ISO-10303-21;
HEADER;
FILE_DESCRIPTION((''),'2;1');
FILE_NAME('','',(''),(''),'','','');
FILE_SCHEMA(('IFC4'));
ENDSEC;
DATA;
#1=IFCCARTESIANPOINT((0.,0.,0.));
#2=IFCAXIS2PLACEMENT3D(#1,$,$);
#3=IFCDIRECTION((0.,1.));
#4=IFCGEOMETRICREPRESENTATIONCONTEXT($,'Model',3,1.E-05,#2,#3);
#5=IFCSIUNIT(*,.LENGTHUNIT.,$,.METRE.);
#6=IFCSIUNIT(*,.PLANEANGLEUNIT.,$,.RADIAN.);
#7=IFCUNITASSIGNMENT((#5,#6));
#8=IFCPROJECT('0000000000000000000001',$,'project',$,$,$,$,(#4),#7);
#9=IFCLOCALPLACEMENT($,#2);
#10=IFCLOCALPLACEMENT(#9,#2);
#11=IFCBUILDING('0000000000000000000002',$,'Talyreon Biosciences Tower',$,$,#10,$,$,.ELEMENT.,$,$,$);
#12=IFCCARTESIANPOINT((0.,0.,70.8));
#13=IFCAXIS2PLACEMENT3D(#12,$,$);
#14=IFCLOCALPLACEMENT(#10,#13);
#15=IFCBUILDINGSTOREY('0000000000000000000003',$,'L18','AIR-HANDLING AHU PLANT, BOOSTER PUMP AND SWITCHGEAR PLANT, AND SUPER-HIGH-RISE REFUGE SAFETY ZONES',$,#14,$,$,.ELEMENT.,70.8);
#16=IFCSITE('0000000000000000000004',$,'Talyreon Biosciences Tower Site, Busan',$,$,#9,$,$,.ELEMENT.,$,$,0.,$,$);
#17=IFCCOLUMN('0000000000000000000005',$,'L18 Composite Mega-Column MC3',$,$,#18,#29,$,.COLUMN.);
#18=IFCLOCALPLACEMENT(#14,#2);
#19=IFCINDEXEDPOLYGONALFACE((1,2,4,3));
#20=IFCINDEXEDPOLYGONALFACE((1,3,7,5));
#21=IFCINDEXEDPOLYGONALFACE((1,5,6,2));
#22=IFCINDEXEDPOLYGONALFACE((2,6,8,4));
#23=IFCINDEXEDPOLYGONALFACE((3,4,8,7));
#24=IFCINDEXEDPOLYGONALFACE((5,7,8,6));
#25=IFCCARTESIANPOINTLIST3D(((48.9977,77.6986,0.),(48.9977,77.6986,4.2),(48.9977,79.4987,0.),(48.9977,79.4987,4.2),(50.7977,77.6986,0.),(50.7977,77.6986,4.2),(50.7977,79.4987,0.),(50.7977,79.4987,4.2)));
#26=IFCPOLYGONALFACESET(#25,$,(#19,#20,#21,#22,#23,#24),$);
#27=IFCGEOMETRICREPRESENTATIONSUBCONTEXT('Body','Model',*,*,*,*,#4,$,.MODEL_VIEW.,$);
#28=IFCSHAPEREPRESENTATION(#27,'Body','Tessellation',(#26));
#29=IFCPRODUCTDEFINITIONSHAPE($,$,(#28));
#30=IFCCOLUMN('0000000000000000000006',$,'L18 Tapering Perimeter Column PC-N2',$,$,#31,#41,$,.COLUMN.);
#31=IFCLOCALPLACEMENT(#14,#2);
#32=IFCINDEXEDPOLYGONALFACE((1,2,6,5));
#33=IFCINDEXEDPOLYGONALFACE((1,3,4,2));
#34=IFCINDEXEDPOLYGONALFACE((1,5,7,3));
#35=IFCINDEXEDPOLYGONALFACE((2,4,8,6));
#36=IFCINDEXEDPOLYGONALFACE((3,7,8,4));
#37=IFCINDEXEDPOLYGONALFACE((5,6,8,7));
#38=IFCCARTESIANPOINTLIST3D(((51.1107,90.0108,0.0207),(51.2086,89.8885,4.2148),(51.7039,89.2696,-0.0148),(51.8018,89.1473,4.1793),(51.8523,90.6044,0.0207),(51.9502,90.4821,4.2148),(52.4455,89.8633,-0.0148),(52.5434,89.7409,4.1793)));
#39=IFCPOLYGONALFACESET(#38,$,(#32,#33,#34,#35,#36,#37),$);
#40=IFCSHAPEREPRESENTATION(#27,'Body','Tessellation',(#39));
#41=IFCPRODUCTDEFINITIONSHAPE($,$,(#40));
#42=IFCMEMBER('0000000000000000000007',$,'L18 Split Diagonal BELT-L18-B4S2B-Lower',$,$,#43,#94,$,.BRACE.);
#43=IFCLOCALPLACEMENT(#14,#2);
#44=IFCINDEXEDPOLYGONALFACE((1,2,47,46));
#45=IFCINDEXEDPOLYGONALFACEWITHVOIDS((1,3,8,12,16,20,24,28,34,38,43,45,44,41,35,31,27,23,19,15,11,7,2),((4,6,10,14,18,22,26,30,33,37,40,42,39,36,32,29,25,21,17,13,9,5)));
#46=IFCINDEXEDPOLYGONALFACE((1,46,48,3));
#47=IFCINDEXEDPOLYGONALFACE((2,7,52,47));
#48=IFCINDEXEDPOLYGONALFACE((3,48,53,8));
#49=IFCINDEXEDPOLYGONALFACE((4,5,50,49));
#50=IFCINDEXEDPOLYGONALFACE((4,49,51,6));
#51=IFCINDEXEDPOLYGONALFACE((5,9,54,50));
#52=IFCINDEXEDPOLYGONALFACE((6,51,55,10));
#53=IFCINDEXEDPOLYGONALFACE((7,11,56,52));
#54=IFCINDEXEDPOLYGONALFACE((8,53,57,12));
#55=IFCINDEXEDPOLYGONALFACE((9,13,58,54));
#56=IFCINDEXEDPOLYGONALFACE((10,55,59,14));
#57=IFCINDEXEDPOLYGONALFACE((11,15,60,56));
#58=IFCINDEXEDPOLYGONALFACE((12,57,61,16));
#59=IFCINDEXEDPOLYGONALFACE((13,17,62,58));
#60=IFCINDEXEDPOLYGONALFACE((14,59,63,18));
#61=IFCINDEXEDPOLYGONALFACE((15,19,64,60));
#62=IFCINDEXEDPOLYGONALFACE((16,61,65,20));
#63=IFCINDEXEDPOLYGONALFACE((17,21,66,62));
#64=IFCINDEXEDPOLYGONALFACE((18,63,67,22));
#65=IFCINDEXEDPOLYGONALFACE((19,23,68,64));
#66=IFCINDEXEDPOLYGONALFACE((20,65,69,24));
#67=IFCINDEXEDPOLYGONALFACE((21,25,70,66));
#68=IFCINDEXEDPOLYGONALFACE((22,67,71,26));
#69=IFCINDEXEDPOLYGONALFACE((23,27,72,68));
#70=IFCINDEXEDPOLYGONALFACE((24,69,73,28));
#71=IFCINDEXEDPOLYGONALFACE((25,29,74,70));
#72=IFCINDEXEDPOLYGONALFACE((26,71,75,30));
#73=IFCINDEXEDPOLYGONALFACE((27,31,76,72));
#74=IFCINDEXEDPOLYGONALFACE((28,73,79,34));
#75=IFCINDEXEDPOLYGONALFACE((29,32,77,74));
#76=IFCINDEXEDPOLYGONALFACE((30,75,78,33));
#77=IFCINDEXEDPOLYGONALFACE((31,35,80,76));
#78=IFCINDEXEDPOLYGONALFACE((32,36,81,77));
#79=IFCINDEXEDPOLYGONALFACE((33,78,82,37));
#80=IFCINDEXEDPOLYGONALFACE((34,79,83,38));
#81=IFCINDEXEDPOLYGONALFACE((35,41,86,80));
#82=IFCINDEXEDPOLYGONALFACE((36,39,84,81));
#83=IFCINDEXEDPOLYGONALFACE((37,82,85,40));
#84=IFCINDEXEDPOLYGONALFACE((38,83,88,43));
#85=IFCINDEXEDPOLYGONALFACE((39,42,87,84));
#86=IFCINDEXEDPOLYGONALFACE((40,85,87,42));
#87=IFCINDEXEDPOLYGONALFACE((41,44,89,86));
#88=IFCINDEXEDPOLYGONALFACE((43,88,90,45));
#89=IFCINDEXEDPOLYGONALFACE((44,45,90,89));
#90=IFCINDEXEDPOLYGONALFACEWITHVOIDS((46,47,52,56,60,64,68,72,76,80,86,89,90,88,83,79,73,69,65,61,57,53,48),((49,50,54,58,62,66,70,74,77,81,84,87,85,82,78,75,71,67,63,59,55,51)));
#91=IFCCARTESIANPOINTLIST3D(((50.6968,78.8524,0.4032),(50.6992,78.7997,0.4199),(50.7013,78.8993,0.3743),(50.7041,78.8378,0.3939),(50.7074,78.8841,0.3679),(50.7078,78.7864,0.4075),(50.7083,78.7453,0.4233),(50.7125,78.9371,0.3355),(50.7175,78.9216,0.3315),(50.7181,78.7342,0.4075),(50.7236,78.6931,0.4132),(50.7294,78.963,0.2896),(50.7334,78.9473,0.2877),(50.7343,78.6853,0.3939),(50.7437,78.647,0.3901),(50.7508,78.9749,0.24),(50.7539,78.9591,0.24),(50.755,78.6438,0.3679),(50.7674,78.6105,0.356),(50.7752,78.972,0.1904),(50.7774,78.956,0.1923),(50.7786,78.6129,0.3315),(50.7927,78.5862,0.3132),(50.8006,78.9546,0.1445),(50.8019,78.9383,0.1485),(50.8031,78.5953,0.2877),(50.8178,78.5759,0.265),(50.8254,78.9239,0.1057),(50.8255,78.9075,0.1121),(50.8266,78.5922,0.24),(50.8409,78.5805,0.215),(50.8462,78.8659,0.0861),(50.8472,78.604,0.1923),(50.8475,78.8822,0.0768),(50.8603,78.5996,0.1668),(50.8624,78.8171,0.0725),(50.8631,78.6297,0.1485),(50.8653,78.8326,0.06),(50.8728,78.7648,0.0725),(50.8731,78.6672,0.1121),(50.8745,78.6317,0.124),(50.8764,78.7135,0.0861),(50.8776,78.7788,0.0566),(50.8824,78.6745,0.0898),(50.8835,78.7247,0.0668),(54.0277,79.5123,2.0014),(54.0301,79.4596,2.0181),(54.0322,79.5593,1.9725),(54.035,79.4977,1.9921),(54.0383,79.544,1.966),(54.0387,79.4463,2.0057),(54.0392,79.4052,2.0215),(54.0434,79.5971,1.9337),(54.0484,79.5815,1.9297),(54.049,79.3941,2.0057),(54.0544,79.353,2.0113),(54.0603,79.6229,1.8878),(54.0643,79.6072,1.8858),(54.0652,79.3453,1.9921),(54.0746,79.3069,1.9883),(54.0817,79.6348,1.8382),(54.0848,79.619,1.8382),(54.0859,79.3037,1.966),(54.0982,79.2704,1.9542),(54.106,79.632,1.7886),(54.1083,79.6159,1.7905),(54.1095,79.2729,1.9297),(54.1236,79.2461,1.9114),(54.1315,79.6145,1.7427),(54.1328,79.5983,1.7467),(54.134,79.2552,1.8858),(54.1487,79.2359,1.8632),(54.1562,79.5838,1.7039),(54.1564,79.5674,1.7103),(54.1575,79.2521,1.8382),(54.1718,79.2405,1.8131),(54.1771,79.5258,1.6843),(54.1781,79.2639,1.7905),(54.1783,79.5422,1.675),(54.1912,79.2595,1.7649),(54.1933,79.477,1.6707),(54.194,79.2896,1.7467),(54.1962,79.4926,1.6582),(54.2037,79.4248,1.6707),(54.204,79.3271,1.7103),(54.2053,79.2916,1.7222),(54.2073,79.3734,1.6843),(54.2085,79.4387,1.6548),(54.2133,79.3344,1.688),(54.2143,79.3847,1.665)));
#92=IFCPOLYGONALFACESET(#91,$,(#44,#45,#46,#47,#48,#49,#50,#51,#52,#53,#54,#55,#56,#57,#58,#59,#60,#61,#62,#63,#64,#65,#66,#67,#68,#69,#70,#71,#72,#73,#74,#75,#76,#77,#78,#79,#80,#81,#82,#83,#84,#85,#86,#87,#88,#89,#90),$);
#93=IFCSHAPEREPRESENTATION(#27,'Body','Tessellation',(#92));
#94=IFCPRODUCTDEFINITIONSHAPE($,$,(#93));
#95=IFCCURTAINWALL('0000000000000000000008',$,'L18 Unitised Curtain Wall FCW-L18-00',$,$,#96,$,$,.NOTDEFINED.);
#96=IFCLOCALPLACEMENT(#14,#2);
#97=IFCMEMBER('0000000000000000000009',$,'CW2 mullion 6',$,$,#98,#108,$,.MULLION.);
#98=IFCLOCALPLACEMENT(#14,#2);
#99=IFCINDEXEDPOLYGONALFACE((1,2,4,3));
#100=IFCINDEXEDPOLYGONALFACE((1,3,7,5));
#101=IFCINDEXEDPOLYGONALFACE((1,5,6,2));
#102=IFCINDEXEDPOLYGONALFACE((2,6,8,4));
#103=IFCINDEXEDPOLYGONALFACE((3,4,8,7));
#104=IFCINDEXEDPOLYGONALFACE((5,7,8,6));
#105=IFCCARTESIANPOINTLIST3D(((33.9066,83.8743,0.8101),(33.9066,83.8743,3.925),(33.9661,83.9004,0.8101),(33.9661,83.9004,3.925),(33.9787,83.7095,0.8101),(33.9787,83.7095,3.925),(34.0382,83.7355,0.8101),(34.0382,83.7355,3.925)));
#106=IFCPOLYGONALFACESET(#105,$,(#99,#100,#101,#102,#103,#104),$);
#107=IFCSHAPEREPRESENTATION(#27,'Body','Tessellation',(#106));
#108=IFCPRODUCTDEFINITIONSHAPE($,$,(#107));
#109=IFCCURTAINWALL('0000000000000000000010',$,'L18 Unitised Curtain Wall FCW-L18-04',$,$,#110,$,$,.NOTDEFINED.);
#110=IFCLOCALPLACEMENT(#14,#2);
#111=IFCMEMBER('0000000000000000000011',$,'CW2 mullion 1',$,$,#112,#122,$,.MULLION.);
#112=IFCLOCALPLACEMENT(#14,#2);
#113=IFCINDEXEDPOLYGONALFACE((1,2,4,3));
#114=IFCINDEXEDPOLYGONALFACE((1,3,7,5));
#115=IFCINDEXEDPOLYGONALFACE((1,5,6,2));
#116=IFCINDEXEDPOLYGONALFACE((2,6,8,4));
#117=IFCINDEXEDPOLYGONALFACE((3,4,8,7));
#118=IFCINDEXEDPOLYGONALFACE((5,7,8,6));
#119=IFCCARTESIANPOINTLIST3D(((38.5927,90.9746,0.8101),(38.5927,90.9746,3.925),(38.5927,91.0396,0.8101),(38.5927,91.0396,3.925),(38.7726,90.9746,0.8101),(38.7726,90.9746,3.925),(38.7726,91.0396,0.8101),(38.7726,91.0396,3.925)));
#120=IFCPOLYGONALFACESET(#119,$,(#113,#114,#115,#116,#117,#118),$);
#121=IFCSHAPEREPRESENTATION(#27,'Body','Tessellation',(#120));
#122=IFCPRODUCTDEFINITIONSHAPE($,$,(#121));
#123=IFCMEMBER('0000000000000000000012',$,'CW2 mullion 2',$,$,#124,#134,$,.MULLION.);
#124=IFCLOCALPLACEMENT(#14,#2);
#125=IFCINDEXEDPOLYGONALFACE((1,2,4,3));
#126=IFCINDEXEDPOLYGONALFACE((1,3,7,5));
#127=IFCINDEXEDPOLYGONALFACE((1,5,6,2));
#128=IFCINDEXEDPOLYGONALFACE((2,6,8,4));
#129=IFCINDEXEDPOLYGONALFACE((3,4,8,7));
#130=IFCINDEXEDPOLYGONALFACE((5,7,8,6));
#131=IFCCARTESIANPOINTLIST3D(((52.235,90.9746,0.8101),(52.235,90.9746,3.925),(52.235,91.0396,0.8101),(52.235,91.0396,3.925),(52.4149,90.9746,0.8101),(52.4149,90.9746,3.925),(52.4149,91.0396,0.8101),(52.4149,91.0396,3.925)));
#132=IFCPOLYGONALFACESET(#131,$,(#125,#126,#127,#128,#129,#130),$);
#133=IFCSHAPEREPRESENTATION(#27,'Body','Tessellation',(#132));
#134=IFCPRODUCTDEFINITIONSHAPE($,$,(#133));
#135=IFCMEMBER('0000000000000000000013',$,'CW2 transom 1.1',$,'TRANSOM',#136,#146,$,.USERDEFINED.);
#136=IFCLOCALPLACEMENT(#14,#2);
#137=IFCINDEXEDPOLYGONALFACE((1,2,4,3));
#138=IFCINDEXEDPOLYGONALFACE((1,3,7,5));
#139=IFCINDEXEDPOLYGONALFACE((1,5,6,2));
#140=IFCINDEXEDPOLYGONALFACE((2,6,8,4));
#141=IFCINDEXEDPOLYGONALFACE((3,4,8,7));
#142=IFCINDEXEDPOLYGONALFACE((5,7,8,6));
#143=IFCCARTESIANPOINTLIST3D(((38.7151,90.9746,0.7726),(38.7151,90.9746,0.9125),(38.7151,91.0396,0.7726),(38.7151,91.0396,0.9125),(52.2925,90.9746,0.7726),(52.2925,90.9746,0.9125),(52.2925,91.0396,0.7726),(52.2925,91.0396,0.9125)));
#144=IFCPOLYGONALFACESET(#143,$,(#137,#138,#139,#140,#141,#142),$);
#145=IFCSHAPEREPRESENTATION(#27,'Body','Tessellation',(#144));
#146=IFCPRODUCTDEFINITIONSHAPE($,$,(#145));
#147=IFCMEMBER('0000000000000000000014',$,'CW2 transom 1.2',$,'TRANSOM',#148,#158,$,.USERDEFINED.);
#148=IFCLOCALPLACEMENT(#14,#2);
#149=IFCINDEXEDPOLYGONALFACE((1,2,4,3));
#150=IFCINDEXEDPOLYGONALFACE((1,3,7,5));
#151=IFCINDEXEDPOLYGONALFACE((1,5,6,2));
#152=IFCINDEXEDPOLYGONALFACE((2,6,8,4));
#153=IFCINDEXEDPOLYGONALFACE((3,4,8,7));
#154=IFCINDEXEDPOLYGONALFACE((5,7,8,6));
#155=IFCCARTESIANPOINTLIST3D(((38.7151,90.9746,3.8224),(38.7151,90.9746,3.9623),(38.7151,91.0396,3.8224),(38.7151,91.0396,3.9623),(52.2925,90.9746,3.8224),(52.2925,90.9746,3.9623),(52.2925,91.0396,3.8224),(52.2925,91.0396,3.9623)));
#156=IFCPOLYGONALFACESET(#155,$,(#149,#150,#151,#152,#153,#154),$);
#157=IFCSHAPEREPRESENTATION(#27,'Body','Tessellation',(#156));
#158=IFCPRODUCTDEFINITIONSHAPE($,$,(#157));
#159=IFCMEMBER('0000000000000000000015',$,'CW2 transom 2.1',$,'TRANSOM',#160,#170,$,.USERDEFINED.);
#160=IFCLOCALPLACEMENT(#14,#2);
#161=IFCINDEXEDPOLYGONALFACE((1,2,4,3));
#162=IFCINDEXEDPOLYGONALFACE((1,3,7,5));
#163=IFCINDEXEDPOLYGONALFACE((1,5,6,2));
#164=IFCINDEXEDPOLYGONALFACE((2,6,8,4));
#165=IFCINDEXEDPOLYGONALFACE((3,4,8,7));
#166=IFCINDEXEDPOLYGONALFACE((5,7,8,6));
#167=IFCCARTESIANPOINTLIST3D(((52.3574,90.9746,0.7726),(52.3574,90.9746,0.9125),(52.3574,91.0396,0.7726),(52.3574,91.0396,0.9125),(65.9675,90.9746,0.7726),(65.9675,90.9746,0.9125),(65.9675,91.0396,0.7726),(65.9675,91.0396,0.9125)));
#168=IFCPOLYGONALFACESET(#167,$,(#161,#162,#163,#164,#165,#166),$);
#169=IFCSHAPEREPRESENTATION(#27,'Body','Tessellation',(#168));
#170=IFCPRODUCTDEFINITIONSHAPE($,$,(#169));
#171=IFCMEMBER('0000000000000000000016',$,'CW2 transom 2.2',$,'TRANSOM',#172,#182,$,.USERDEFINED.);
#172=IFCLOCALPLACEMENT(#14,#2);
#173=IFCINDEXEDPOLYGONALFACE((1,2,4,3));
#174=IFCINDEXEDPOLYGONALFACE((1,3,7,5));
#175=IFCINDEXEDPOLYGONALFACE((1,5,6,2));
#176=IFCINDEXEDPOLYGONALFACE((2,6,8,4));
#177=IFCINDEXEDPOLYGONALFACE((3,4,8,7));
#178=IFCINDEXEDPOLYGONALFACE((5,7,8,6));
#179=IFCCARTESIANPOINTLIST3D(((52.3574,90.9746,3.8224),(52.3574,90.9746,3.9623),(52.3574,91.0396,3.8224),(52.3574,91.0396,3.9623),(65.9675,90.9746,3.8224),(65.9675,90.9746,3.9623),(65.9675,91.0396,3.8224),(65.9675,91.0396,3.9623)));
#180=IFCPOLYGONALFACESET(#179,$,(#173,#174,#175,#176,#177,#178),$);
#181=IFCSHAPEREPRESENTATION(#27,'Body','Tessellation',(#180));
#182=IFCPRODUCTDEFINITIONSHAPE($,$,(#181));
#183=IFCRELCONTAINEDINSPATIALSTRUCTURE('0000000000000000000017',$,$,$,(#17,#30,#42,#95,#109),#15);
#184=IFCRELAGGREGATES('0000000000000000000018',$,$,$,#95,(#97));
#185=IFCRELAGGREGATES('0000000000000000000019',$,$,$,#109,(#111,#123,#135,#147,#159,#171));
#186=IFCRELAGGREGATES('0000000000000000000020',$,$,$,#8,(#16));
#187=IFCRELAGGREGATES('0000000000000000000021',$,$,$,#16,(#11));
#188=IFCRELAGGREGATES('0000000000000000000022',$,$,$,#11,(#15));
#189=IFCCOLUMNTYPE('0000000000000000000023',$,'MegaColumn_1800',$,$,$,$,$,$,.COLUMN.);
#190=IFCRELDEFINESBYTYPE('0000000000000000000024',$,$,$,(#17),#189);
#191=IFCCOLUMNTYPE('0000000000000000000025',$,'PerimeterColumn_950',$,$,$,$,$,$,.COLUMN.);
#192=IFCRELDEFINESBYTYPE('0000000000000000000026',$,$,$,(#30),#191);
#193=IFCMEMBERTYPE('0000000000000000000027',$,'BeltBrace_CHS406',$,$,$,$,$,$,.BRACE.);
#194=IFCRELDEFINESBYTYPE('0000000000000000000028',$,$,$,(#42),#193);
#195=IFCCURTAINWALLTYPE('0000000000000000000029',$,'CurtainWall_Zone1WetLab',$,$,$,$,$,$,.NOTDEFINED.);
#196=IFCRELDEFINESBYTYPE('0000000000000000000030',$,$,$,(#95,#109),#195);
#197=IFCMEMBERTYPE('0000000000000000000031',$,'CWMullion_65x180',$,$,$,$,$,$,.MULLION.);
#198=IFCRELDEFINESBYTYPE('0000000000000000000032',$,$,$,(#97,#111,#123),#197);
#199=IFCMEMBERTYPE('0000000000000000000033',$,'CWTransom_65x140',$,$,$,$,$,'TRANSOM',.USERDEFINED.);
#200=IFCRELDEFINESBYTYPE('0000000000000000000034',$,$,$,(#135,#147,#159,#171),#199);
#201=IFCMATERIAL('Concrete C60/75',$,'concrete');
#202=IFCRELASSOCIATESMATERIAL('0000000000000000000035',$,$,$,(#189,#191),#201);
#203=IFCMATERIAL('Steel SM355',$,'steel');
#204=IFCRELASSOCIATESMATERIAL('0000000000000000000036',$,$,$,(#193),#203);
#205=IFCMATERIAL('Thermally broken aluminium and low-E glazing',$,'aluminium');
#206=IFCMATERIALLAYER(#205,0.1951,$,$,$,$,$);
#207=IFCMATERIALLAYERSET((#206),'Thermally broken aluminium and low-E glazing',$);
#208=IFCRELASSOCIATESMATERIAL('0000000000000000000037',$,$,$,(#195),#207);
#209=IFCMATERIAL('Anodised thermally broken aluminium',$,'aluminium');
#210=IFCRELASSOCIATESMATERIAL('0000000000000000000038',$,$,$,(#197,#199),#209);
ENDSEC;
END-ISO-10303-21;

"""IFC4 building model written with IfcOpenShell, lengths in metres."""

from ifc_helpers import new_model, si_unit, direction, frame, origin, origin_2d, place, context, subcontext, project, spatial, rectangle, hollow_circle, extrude, material, layer, layer_set, material_profile, profile_set, type_object, element, aggregate, save


model = new_model("IFC4")

# Units and contexts
model_context = context("Model", 3, precision=1e-05, world=origin(), true_north=direction((0.0, 1.0)))
body_context = subcontext(model_context, "Body", "Model", "MODEL_VIEW")
ifc_project = project(units=[si_unit("LENGTHUNIT", "METRE"), si_unit("PLANEANGLEUNIT", "RADIAN")], contexts=[model_context])

# Site, building, storey
site_placement = place(None, origin())
site = spatial("IfcSite", under=ifc_project, at=site_placement, Name="Talyreon Biosciences Tower Site, Busan", CompositionType="ELEMENT", RefElevation=0.0)
building_placement = place(site_placement, origin())
building = spatial("IfcBuilding", under=site, at=building_placement, Name="Talyreon Biosciences Tower", CompositionType="ELEMENT")
storey_placement = place(building_placement, frame((0.0, 0.0, 70.8)))
storey = spatial("IfcBuildingStorey", under=building, at=storey_placement, Name="L18", Description="AIR-HANDLING AHU PLANT, BOOSTER PUMP AND SWITCHGEAR PLANT, AND SUPER-HIGH-RISE REFUGE SAFETY ZONES", CompositionType="ELEMENT", Elevation=70.8)

# Columns
ifc_material_1 = material(Name="Concrete C60/75", Category="concrete")
ifc_material_profile_1 = material_profile(ifc_material_1, rectangle(XDim=1.8, YDim=1.8, at=origin_2d()), Name="RC 1800x1800")
ifc_profile_set_1 = profile_set([ifc_material_profile_1], Name="Concrete C60/75")
column_type_1 = type_object("IfcColumnType", Name="MegaColumn_1800", PredefinedType="COLUMN", material=ifc_profile_set_1)
column_1_placement = place(storey_placement, frame((49.8977, 78.5986, 0.0), z_axis=(0.0, 0.0, 1.0), x_axis=(1.0, 0.0, 0.0)))
element("IfcColumn", 1, at=column_1_placement, inside=storey, type_object=column_type_1, Name="L18 Composite Mega-Column MC3", PredefinedType="COLUMN", context=body_context, shape_type="SweptSolid", body=[
    extrude(rectangle(XDim=1.8, YDim=1.8, at=origin_2d()), origin(), (0.0, 0.0, 1.0), 4.2),
])
ifc_material_profile_2 = material_profile(ifc_material_1, rectangle(XDim=0.95, YDim=0.95, at=origin_2d()), Name="RC 950x950")
ifc_profile_set_2 = profile_set([ifc_material_profile_2], Name="Concrete C60/75")
column_type_2 = type_object("IfcColumnType", Name="PerimeterColumn_950", PredefinedType="COLUMN", material=ifc_profile_set_2)
column_2_placement = place(storey_placement, frame((51.7781, 89.937, 0.0029), z_axis=(0.023326, -0.029143, 0.999303), x_axis=(-0.780717, -0.624885, 0.0)))
element("IfcColumn", 2, at=column_2_placement, inside=storey, type_object=column_type_2, Name="L18 Tapering Perimeter Column PC-N2", PredefinedType="COLUMN", context=body_context, shape_type="SweptSolid", body=[
    extrude(rectangle(XDim=0.95, YDim=0.95, at=origin_2d()), origin(), (0.0, 0.0, 1.0), 4.197),
])

# Member
ifc_material_2 = material(Name="Steel SM355", Category="steel")
ifc_material_profile_3 = material_profile(ifc_material_2, hollow_circle(Radius=0.2031, WallThickness=0.0161, at=origin_2d()), Name="CHS 406.4x16")
ifc_profile_set_3 = profile_set([ifc_material_profile_3], Name="Steel SM355")
member_type_1 = type_object("IfcMemberType", Name="BeltBrace_CHS406", PredefinedType="BRACE", material=ifc_profile_set_3)
member_1_placement = place(storey_placement, frame((50.7903, 78.7756, 0.24), z_axis=(0.887543, 0.175843, 0.425849), x_axis=(-0.194346, 0.980933, 0.0)))
element("IfcMember", 3, at=member_1_placement, inside=storey, type_object=member_type_1, Name="L18 Split Diagonal BELT-L18-B4S2B-Lower", PredefinedType="BRACE", context=body_context, shape_type="SweptSolid", body=[
    extrude(hollow_circle(Radius=0.2031, WallThickness=0.0161, at=origin_2d()), origin(), (0.0, 0.0, 1.0), 3.7529),
])

# Curtain wall, member
ifc_material_3 = material(Name="Thermally broken aluminium and low-E glazing", Category="aluminium")
ifc_layer_1 = layer(ifc_material_3, 0.1951)
ifc_layer_set_1 = layer_set([ifc_layer_1], Name="Thermally broken aluminium and low-E glazing")
curtain_wall_type = type_object("IfcCurtainWallType", Name="CurtainWall_Zone1WetLab", PredefinedType="NOTDEFINED", material=ifc_layer_set_1)
curtain_wall_1_placement = place(storey_placement, origin())
curtain_wall_1 = element("IfcCurtainWall", 4, at=curtain_wall_1_placement, inside=storey, type_object=curtain_wall_type, Name="L18 Unitised Curtain Wall FCW-L18-00", PredefinedType="NOTDEFINED")
ifc_material_4 = material(Name="Anodised thermally broken aluminium", Category="aluminium")
ifc_material_profile_4 = material_profile(ifc_material_4, rectangle(XDim=0.0649, YDim=0.1799, at=origin_2d()), Name="ALUM MULLION 65x180")
ifc_profile_set_4 = profile_set([ifc_material_profile_4], Name="Anodised thermally broken aluminium")
member_type_2 = type_object("IfcMemberType", Name="CWMullion_65x180", PredefinedType="MULLION", material=ifc_profile_set_4)
member_2_placement = place(storey_placement, frame((33.9724, 83.8049, 0.8101), z_axis=(0.0, 0.0, 1.0), x_axis=(-0.916152, -0.400831, 0.0)))
member_2 = element("IfcMember", 5, at=member_2_placement, type_object=member_type_2, Name="CW2 mullion 6", PredefinedType="MULLION", context=body_context, shape_type="SweptSolid", body=[
    extrude(rectangle(XDim=0.0649, YDim=0.1799, at=origin_2d()), origin(), (0.0, 0.0, 1.0), 3.115),
])
aggregate(curtain_wall_1, [member_2])

# Curtain wall, members
curtain_wall_2_placement = place(storey_placement, origin())
curtain_wall_2 = element("IfcCurtainWall", 6, at=curtain_wall_2_placement, inside=storey, type_object=curtain_wall_type, Name="L18 Unitised Curtain Wall FCW-L18-04", PredefinedType="NOTDEFINED")
member_3_placement = place(storey_placement, frame((38.6826, 91.0071, 0.8101), z_axis=(0.0, 0.0, 1.0), x_axis=(0.0, 1.0, 0.0)))
member_3 = element("IfcMember", 7, at=member_3_placement, type_object=member_type_2, Name="CW2 mullion 1", PredefinedType="MULLION", context=body_context, shape_type="SweptSolid", body=[
    extrude(rectangle(XDim=0.0649, YDim=0.1799, at=origin_2d()), origin(), (0.0, 0.0, 1.0), 3.115),
])
member_4_placement = place(storey_placement, frame((52.325, 91.0071, 0.8101), z_axis=(0.0, 0.0, 1.0), x_axis=(0.0, 1.0, 0.0)))
member_4 = element("IfcMember", 8, at=member_4_placement, type_object=member_type_2, Name="CW2 mullion 2", PredefinedType="MULLION", context=body_context, shape_type="SweptSolid", body=[
    extrude(rectangle(XDim=0.0649, YDim=0.1799, at=origin_2d()), origin(), (0.0, 0.0, 1.0), 3.115),
])
ifc_material_profile_5 = material_profile(ifc_material_4, rectangle(XDim=0.0649, YDim=0.1399, at=origin_2d()), Name="ALUM TRANSOM 65x140")
ifc_profile_set_5 = profile_set([ifc_material_profile_5], Name="Anodised thermally broken aluminium")
member_type_3 = type_object("IfcMemberType", Name="CWTransom_65x140", ElementType="TRANSOM", PredefinedType="USERDEFINED", material=ifc_profile_set_5)
member_5_placement = place(storey_placement, frame((38.7151, 91.0071, 0.8425), z_axis=(1.0, 0.0, 0.0), x_axis=(0.0, 1.0, 0.0)))
member_5 = element("IfcMember", 9, at=member_5_placement, type_object=member_type_3, Name="CW2 transom 1.1", ObjectType="TRANSOM", PredefinedType="USERDEFINED", context=body_context, shape_type="SweptSolid", body=[
    extrude(rectangle(XDim=0.0649, YDim=0.1399, at=origin_2d()), origin(), (0.0, 0.0, 1.0), 13.5774),
])
member_6_placement = place(storey_placement, frame((38.7151, 91.0071, 3.8923), z_axis=(1.0, 0.0, 0.0), x_axis=(0.0, 1.0, 0.0)))
member_6 = element("IfcMember", 10, at=member_6_placement, type_object=member_type_3, Name="CW2 transom 1.2", ObjectType="TRANSOM", PredefinedType="USERDEFINED", context=body_context, shape_type="SweptSolid", body=[
    extrude(rectangle(XDim=0.0649, YDim=0.1399, at=origin_2d()), origin(), (0.0, 0.0, 1.0), 13.5774),
])
member_7_placement = place(storey_placement, frame((52.3574, 91.0071, 0.8425), z_axis=(1.0, 0.0, 0.0), x_axis=(0.0, 1.0, 0.0)))
member_7 = element("IfcMember", 11, at=member_7_placement, type_object=member_type_3, Name="CW2 transom 2.1", ObjectType="TRANSOM", PredefinedType="USERDEFINED", context=body_context, shape_type="SweptSolid", body=[
    extrude(rectangle(XDim=0.0649, YDim=0.1399, at=origin_2d()), origin(), (0.0, 0.0, 1.0), 13.6101),
])
member_8_placement = place(storey_placement, frame((52.3574, 91.0071, 3.8923), z_axis=(1.0, 0.0, 0.0), x_axis=(0.0, 1.0, 0.0)))
member_8 = element("IfcMember", 12, at=member_8_placement, type_object=member_type_3, Name="CW2 transom 2.2", ObjectType="TRANSOM", PredefinedType="USERDEFINED", context=body_context, shape_type="SweptSolid", body=[
    extrude(rectangle(XDim=0.0649, YDim=0.1399, at=origin_2d()), origin(), (0.0, 0.0, 1.0), 13.6101),
])

aggregate(curtain_wall_2, [member_3, member_4, member_5, member_6, member_7, member_8])

save(model, "model.ifc")
